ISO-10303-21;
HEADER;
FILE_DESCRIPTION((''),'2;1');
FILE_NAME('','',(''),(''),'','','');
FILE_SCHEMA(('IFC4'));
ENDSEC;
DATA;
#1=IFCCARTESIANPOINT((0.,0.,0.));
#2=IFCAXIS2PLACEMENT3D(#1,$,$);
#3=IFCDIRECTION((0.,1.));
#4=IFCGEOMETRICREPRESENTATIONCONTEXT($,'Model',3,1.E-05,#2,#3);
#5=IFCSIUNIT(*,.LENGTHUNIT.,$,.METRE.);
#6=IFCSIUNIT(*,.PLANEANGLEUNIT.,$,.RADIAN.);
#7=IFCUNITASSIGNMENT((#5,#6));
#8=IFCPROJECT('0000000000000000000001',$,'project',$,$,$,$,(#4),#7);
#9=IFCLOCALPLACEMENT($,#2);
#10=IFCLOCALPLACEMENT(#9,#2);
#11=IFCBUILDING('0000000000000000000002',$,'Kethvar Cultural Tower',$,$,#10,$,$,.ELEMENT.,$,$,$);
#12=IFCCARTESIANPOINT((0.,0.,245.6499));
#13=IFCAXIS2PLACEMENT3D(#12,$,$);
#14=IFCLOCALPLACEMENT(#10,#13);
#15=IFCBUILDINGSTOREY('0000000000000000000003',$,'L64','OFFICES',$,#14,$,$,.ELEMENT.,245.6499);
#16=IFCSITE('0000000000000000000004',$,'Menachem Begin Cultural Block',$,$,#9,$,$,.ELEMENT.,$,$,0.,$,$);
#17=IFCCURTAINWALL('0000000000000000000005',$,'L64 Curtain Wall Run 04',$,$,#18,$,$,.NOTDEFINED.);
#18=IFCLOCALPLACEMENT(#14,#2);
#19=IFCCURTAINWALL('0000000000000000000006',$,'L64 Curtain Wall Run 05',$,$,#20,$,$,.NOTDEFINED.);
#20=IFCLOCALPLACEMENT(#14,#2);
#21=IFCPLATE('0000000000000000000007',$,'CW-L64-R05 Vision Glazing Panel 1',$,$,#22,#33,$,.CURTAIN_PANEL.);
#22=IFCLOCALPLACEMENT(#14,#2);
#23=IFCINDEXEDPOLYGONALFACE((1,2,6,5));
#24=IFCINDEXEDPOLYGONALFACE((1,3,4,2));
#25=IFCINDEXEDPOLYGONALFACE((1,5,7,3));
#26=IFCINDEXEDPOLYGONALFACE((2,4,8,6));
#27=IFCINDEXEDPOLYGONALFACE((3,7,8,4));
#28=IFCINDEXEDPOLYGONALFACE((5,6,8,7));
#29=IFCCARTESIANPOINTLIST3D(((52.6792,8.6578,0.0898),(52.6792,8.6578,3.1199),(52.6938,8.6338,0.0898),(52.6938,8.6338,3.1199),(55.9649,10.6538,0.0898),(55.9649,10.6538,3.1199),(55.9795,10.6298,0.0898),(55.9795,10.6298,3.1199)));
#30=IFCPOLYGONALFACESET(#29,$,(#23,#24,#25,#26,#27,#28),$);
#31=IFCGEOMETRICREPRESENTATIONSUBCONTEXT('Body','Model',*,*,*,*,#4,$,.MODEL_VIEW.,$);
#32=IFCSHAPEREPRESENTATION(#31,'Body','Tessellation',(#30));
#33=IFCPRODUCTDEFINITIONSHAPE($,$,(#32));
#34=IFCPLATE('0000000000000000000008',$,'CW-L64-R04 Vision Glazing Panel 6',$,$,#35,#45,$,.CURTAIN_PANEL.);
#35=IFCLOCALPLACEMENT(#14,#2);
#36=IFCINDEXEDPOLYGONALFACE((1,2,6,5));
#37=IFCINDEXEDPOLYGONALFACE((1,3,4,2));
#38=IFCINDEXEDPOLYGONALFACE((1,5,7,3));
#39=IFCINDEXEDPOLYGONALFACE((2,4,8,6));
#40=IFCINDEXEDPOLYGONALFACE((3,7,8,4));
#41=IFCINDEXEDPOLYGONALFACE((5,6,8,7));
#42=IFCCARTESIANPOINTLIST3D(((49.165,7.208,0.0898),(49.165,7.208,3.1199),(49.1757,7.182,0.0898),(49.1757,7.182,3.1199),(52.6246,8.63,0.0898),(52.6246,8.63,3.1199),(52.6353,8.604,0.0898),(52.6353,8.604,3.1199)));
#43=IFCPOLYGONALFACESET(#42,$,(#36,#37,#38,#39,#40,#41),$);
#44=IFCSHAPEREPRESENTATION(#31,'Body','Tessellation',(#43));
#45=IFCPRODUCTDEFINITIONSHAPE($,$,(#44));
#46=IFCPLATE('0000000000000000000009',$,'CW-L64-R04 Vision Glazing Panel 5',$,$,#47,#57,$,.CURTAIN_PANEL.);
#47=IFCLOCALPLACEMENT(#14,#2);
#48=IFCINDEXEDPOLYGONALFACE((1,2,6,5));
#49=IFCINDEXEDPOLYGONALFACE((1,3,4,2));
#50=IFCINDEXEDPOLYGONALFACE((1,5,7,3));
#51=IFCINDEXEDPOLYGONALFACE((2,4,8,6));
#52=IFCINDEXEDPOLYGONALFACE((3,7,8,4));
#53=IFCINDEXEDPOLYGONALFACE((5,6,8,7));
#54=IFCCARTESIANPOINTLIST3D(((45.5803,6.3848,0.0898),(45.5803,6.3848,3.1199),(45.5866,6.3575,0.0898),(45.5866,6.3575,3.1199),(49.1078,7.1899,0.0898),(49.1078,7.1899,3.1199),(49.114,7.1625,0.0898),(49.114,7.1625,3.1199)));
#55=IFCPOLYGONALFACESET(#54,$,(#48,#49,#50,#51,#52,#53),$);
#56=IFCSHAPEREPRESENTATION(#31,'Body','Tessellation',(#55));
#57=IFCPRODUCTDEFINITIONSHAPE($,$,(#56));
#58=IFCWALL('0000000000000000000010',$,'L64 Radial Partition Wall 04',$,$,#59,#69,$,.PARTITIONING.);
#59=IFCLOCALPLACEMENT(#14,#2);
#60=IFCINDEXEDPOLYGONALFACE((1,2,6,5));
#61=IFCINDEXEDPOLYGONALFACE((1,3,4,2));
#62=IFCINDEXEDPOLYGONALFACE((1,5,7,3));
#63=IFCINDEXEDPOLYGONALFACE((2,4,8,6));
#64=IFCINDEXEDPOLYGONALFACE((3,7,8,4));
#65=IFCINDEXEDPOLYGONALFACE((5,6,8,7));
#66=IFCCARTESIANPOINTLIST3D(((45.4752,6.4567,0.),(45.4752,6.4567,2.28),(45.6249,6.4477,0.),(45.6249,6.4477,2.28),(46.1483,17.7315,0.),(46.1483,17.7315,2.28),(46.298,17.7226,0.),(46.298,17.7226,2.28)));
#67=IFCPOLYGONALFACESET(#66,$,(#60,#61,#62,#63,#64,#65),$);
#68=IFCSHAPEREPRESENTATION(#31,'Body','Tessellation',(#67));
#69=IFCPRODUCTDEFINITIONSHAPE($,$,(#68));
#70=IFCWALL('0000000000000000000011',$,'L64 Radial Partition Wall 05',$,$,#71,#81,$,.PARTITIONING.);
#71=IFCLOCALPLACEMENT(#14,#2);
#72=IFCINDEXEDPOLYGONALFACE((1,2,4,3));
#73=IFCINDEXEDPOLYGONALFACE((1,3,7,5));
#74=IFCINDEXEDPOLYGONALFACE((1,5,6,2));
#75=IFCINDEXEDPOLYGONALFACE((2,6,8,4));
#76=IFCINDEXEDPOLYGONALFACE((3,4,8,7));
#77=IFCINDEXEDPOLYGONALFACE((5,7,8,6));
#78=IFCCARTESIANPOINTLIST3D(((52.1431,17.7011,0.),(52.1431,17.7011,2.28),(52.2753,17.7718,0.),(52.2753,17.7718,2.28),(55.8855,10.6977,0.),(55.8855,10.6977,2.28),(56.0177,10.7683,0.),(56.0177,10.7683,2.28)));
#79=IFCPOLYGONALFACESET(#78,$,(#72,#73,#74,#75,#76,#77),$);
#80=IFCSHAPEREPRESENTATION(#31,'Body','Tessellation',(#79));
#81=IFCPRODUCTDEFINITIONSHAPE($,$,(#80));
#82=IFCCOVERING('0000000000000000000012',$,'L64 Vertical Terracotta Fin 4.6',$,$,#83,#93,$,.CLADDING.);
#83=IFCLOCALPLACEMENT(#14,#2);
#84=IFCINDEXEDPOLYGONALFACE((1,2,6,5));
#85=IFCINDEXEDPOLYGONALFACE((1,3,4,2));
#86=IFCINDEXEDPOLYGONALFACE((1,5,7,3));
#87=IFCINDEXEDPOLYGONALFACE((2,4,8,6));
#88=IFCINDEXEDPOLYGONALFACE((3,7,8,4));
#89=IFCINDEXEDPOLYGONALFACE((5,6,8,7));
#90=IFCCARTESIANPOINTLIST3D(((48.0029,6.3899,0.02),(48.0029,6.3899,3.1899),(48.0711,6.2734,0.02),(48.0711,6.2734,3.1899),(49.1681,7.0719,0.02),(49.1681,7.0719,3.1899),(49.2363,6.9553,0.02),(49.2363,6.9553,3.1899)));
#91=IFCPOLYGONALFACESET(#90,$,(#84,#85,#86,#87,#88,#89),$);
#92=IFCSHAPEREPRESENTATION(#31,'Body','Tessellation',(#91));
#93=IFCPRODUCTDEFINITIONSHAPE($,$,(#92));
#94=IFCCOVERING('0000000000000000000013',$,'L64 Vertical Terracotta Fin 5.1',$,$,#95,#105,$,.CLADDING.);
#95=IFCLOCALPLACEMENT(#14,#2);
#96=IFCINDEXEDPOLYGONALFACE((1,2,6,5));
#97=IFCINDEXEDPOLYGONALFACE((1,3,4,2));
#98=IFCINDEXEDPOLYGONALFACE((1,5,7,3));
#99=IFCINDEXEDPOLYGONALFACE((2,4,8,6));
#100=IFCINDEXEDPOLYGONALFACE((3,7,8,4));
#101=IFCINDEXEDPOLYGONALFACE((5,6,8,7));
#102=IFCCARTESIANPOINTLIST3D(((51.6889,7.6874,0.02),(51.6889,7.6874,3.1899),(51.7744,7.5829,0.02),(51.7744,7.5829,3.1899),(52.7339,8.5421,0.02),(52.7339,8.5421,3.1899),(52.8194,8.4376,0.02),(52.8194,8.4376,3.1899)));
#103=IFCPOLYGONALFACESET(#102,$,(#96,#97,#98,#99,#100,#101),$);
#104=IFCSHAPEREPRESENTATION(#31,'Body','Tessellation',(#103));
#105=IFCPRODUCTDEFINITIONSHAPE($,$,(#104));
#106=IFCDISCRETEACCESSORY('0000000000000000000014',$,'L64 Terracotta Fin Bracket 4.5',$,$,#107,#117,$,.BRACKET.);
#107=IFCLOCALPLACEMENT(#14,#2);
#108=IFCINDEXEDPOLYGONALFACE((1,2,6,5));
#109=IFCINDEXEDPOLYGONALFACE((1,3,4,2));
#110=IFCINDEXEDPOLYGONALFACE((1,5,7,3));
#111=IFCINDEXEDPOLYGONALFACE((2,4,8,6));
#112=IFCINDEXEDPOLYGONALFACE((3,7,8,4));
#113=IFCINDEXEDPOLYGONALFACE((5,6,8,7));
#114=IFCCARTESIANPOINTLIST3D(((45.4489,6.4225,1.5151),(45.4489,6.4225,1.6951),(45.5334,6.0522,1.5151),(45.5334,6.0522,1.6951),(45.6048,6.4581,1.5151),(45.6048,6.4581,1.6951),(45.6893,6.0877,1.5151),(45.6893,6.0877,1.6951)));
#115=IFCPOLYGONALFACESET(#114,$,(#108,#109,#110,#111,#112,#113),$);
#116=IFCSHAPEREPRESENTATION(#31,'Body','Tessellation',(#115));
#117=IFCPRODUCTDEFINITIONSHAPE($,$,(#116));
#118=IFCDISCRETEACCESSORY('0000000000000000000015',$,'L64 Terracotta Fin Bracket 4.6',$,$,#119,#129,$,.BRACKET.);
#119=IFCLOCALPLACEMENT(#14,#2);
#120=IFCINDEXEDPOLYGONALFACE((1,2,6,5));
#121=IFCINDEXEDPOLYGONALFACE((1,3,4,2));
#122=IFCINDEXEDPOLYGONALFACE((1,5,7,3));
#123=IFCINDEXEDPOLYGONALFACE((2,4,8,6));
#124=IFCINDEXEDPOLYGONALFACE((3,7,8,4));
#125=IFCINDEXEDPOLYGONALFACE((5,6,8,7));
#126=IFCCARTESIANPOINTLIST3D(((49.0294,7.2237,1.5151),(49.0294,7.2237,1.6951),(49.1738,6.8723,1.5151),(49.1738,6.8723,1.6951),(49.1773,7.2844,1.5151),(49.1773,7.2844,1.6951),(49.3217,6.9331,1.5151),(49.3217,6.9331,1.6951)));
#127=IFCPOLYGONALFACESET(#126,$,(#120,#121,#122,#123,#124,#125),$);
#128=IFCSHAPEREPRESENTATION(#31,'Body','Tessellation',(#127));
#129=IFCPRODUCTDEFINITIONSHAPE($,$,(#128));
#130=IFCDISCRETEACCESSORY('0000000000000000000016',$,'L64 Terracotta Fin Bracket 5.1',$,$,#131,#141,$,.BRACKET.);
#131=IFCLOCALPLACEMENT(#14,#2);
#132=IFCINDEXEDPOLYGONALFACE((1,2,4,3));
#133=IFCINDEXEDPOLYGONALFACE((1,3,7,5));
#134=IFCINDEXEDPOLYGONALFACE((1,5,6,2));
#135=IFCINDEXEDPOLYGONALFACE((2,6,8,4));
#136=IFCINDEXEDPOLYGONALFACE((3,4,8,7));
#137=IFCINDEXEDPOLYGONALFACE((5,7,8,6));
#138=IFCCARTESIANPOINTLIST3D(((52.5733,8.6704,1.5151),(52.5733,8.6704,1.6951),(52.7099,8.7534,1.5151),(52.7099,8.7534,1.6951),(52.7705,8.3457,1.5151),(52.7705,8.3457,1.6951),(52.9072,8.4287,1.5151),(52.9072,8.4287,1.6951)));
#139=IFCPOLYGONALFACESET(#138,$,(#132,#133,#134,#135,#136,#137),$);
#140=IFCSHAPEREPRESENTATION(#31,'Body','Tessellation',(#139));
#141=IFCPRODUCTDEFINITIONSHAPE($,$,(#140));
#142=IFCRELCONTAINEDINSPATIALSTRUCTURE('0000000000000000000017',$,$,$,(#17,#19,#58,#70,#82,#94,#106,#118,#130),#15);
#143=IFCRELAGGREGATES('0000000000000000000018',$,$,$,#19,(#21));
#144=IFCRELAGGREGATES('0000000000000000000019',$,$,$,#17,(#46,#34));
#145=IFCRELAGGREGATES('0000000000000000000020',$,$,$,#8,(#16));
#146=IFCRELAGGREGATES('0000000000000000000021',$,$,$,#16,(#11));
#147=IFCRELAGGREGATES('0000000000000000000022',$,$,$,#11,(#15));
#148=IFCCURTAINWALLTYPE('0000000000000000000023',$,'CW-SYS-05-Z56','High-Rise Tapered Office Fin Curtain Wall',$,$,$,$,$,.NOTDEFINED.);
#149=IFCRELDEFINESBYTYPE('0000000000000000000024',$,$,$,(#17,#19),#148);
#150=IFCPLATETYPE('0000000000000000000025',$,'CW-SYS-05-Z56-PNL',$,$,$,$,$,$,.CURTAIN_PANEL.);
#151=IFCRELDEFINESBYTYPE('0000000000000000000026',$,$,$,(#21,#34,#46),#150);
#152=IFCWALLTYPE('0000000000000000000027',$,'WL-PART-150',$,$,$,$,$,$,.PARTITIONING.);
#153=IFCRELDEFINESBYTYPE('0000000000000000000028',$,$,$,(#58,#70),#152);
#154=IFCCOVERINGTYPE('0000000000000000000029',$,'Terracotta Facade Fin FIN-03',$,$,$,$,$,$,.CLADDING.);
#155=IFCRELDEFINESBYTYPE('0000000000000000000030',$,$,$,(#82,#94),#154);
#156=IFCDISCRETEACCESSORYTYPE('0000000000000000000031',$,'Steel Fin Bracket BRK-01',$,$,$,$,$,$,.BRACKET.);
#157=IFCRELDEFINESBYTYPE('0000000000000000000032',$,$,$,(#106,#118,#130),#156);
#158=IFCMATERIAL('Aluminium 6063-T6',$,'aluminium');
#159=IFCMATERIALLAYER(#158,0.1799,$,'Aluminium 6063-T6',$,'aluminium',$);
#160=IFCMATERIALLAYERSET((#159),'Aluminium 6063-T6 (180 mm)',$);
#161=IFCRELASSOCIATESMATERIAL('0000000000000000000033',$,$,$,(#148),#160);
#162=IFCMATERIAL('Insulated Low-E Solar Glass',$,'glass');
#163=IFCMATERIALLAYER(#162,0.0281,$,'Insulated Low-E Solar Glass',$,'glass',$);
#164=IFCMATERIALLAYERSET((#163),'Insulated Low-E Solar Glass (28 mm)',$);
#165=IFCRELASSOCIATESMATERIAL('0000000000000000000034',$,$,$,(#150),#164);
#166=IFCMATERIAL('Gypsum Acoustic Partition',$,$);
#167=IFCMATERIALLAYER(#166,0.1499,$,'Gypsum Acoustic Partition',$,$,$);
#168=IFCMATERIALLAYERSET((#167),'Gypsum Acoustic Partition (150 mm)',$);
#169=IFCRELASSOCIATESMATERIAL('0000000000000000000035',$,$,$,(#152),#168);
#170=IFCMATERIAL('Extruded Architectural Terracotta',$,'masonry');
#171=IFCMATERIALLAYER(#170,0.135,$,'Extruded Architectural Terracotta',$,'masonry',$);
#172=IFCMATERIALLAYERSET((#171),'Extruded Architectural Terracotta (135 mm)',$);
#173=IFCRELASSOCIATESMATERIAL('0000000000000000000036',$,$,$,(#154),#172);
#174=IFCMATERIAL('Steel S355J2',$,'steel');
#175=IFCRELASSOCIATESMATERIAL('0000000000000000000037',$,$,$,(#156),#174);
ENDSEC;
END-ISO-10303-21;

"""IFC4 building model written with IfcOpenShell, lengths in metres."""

from ifc_helpers import new_model, si_unit, direction, frame, frame_2d, origin, origin_2d, place, context, subcontext, project, spatial, rectangle, extrude, source, transform, mapped, material, layer, layer_set, type_object, element, aggregate, save


model = new_model("IFC4")

# Units and contexts
model_context = context("Model", 3, precision=1e-05, world=origin(), true_north=direction((0.0, 1.0)))
body_context = subcontext(model_context, "Body", "Model", "MODEL_VIEW")
ifc_project = project(units=[si_unit("LENGTHUNIT", "METRE"), si_unit("PLANEANGLEUNIT", "RADIAN")], contexts=[model_context])

# Site, building, storey
site_placement = place(None, origin())
site = spatial("IfcSite", under=ifc_project, at=site_placement, Name="Menachem Begin Cultural Block", CompositionType="ELEMENT", RefElevation=0.0)
building_placement = place(site_placement, origin())
building = spatial("IfcBuilding", under=site, at=building_placement, Name="Kethvar Cultural Tower", CompositionType="ELEMENT")
storey_placement = place(building_placement, frame((0.0, 0.0, 245.6499)))
storey = spatial("IfcBuildingStorey", under=building, at=storey_placement, Name="L64", Description="OFFICES", CompositionType="ELEMENT", Elevation=245.6499)

# Shared definitions
ifc_material_1 = material(Name="Steel S355J2", Category="steel")

# Curtain wall
ifc_material_2 = material(Name="Aluminium 6063-T6", Category="aluminium")
ifc_layer_1 = layer(ifc_material_2, 0.1799, Name="Aluminium 6063-T6", Category="aluminium")
ifc_layer_set_1 = layer_set([ifc_layer_1], Name="Aluminium 6063-T6 (180 mm)")
curtain_wall_type = type_object("IfcCurtainWallType", Name="CW-SYS-05-Z56", Description="High-Rise Tapered Office Fin Curtain Wall", PredefinedType="NOTDEFINED", material=ifc_layer_set_1)
curtain_wall_1_placement = place(storey_placement, origin())
curtain_wall_1 = element("IfcCurtainWall", 1, at=curtain_wall_1_placement, inside=storey, type_object=curtain_wall_type, Name="L64 Curtain Wall Run 04", PredefinedType="NOTDEFINED")

# Curtain wall
curtain_wall_2_placement = place(storey_placement, origin())
curtain_wall_2 = element("IfcCurtainWall", 2, at=curtain_wall_2_placement, inside=storey, type_object=curtain_wall_type, Name="L64 Curtain Wall Run 05", PredefinedType="NOTDEFINED")

# Plates
ifc_material_3 = material(Name="Insulated Low-E Solar Glass", Category="glass")
ifc_layer_2 = layer(ifc_material_3, 0.0281, Name="Insulated Low-E Solar Glass", Category="glass")
ifc_layer_set_2 = layer_set([ifc_layer_2], Name="Insulated Low-E Solar Glass (28 mm)")
plate_type = type_object("IfcPlateType", Name="CW-SYS-05-Z56-PNL", PredefinedType="CURTAIN_PANEL", material=ifc_layer_set_2)
shared_shape_1 = source(origin(), body_context, "Body", "SweptSolid", [
    extrude(rectangle(XDim=3.8445, YDim=0.0281, at=origin_2d()), origin(), (0.0, 0.0, 1.0), 3.03),
])
plate_1_placement = place(storey_placement, frame((54.3293, 9.6438, 0.0898), z_axis=(0.0, 0.0, 1.0), x_axis=(0.854649, 0.519206, 0.0)))
plate_1 = element("IfcPlate", 3, at=plate_1_placement, type_object=plate_type, Name="CW-L64-R05 Vision Glazing Panel 1", PredefinedType="CURTAIN_PANEL", context=body_context, shape_type="MappedRepresentation", body=[
    mapped(shared_shape_1, transform((0.0, 0.0, 0.0), scale=1.0)),
])
aggregate(curtain_wall_2, [plate_1])
shared_shape_2 = source(origin(), body_context, "Body", "SweptSolid", [
    extrude(rectangle(XDim=3.7405, YDim=0.0281, at=origin_2d()), origin(), (0.0, 0.0, 1.0), 3.03),
])
plate_2_placement = place(storey_placement, frame((50.9001, 7.906, 0.0898), z_axis=(0.0, 0.0, 1.0), x_axis=(0.924918, 0.380167, 0.0)))
plate_2 = element("IfcPlate", 4, at=plate_2_placement, type_object=plate_type, Name="CW-L64-R04 Vision Glazing Panel 6", PredefinedType="CURTAIN_PANEL", context=body_context, shape_type="MappedRepresentation", body=[
    mapped(shared_shape_2, transform((0.0, 0.0, 0.0), scale=1.0)),
])
shared_shape_3 = source(origin(), body_context, "Body", "SweptSolid", [
    extrude(rectangle(XDim=3.6182, YDim=0.0281, at=origin_2d()), origin(), (0.0, 0.0, 1.0), 3.03),
])
plate_3_placement = place(storey_placement, frame((47.3472, 6.7737, 0.0898), z_axis=(0.0, 0.0, 1.0), x_axis=(0.974932, 0.222501, 0.0)))
plate_3 = element("IfcPlate", 5, at=plate_3_placement, type_object=plate_type, Name="CW-L64-R04 Vision Glazing Panel 5", PredefinedType="CURTAIN_PANEL", context=body_context, shape_type="MappedRepresentation", body=[
    mapped(shared_shape_3, transform((0.0, 0.0, 0.0), scale=1.0)),
])
aggregate(curtain_wall_1, [plate_3, plate_2])

# Walls
ifc_material_4 = material(Name="Gypsum Acoustic Partition")
ifc_layer_3 = layer(ifc_material_4, 0.1499, Name="Gypsum Acoustic Partition")
ifc_layer_set_3 = layer_set([ifc_layer_3], Name="Gypsum Acoustic Partition (150 mm)")
wall_type = type_object("IfcWallType", Name="WL-PART-150", PredefinedType="PARTITIONING", material=ifc_layer_set_3)
wall_1_placement = place(storey_placement, frame((46.2231, 17.7271, 0.0), z_axis=(0.0, 0.0, 1.0), x_axis=(-0.059592, -0.998223, 0.0)))
element("IfcWall", 6, at=wall_1_placement, inside=storey, type_object=wall_type, Name="L64 Radial Partition Wall 04", PredefinedType="PARTITIONING", context=body_context, shape_type="SweptSolid", body=[
    extrude(rectangle(XDim=11.2949, YDim=0.1499, at=frame_2d((5.6475, 0.0))), origin(), (0.0, 0.0, 1.0), 2.28),
])
wall_2_placement = place(storey_placement, frame((52.2092, 17.7363, 0.0), z_axis=(0.0, 0.0, 1.0), x_axis=(0.471301, -0.881972, 0.0)))
element("IfcWall", 7, at=wall_2_placement, inside=storey, type_object=wall_type, Name="L64 Radial Partition Wall 05", PredefinedType="PARTITIONING", context=body_context, shape_type="SweptSolid", body=[
    extrude(rectangle(XDim=7.9407, YDim=0.1499, at=frame_2d((3.9702, 0.0))), origin(), (0.0, 0.0, 1.0), 2.28),
])

# Coverings
ifc_material_5 = material(Name="Extruded Architectural Terracotta", Category="masonry")
ifc_layer_4 = layer(ifc_material_5, 0.135, Name="Extruded Architectural Terracotta", Category="masonry")
ifc_layer_set_4 = layer_set([ifc_layer_4], Name="Extruded Architectural Terracotta (135 mm)")
covering_type = type_object("IfcCoveringType", Name="Terracotta Facade Fin FIN-03", PredefinedType="CLADDING", material=ifc_layer_set_4)
shared_shape_4 = source(origin(), body_context, "Body", "SweptSolid", [
    extrude(rectangle(XDim=1.3501, YDim=0.135, at=origin_2d()), origin(), (0.0, 0.0, 1.0), 3.1699),
])
for number, where, z_axis, x_axis, name in (
    (8, (48.6196, 6.6726, 0.02), (0.0, 0.0, 1.0), (-0.863043, -0.50513, 0.0), "L64 Vertical Terracotta Fin 4.6"),
    (9, (52.2542, 8.0625, 0.02), (0.0, 0.0, 1.0), (-0.774061, -0.633111, 0.0), "L64 Vertical Terracotta Fin 5.1"),
):
    element("IfcCovering", number, at=place(storey_placement, frame(where, z_axis=z_axis, x_axis=x_axis)), inside=storey, type_object=covering_type, Name=name, PredefinedType="CLADDING", context=body_context, shape_type="MappedRepresentation", body=[
        mapped(shared_shape_4, transform((0.0, 0.0, 0.0), scale=1.0)),
    ])

# Discrete accessories
discrete_accessory_type = type_object("IfcDiscreteAccessoryType", Name="Steel Fin Bracket BRK-01", PredefinedType="BRACKET", material=ifc_material_1)
shared_shape_5 = source(origin(), body_context, "Body", "SweptSolid", [
    extrude(rectangle(XDim=0.3799, YDim=0.1599, at=origin_2d()), origin(), (0.0, 0.0, 1.0), 0.1799),
])
for number, where, z_axis, x_axis, name in (
    (10, (45.5691, 6.2551, 1.5151), (0.0, 0.0, 1.0), (0.22257, -0.974917, 0.0), "L64 Terracotta Fin Bracket 4.5"),
    (11, (49.1755, 7.0784, 1.5151), (0.0, 0.0, 1.0), (0.380102, -0.924945, 0.0), "L64 Terracotta Fin Bracket 4.6"),
    (12, (52.7402, 8.5496, 1.5151), (0.0, 0.0, 1.0), (0.519221, -0.85464, 0.0), "L64 Terracotta Fin Bracket 5.1"),
):
    element("IfcDiscreteAccessory", number, at=place(storey_placement, frame(where, z_axis=z_axis, x_axis=x_axis)), inside=storey, type_object=discrete_accessory_type, Name=name, PredefinedType="BRACKET", context=body_context, shape_type="MappedRepresentation", body=[
        mapped(shared_shape_5, transform((0.0, 0.0, 0.0), scale=1.0)),
    ])

save(model, "model.ifc")
